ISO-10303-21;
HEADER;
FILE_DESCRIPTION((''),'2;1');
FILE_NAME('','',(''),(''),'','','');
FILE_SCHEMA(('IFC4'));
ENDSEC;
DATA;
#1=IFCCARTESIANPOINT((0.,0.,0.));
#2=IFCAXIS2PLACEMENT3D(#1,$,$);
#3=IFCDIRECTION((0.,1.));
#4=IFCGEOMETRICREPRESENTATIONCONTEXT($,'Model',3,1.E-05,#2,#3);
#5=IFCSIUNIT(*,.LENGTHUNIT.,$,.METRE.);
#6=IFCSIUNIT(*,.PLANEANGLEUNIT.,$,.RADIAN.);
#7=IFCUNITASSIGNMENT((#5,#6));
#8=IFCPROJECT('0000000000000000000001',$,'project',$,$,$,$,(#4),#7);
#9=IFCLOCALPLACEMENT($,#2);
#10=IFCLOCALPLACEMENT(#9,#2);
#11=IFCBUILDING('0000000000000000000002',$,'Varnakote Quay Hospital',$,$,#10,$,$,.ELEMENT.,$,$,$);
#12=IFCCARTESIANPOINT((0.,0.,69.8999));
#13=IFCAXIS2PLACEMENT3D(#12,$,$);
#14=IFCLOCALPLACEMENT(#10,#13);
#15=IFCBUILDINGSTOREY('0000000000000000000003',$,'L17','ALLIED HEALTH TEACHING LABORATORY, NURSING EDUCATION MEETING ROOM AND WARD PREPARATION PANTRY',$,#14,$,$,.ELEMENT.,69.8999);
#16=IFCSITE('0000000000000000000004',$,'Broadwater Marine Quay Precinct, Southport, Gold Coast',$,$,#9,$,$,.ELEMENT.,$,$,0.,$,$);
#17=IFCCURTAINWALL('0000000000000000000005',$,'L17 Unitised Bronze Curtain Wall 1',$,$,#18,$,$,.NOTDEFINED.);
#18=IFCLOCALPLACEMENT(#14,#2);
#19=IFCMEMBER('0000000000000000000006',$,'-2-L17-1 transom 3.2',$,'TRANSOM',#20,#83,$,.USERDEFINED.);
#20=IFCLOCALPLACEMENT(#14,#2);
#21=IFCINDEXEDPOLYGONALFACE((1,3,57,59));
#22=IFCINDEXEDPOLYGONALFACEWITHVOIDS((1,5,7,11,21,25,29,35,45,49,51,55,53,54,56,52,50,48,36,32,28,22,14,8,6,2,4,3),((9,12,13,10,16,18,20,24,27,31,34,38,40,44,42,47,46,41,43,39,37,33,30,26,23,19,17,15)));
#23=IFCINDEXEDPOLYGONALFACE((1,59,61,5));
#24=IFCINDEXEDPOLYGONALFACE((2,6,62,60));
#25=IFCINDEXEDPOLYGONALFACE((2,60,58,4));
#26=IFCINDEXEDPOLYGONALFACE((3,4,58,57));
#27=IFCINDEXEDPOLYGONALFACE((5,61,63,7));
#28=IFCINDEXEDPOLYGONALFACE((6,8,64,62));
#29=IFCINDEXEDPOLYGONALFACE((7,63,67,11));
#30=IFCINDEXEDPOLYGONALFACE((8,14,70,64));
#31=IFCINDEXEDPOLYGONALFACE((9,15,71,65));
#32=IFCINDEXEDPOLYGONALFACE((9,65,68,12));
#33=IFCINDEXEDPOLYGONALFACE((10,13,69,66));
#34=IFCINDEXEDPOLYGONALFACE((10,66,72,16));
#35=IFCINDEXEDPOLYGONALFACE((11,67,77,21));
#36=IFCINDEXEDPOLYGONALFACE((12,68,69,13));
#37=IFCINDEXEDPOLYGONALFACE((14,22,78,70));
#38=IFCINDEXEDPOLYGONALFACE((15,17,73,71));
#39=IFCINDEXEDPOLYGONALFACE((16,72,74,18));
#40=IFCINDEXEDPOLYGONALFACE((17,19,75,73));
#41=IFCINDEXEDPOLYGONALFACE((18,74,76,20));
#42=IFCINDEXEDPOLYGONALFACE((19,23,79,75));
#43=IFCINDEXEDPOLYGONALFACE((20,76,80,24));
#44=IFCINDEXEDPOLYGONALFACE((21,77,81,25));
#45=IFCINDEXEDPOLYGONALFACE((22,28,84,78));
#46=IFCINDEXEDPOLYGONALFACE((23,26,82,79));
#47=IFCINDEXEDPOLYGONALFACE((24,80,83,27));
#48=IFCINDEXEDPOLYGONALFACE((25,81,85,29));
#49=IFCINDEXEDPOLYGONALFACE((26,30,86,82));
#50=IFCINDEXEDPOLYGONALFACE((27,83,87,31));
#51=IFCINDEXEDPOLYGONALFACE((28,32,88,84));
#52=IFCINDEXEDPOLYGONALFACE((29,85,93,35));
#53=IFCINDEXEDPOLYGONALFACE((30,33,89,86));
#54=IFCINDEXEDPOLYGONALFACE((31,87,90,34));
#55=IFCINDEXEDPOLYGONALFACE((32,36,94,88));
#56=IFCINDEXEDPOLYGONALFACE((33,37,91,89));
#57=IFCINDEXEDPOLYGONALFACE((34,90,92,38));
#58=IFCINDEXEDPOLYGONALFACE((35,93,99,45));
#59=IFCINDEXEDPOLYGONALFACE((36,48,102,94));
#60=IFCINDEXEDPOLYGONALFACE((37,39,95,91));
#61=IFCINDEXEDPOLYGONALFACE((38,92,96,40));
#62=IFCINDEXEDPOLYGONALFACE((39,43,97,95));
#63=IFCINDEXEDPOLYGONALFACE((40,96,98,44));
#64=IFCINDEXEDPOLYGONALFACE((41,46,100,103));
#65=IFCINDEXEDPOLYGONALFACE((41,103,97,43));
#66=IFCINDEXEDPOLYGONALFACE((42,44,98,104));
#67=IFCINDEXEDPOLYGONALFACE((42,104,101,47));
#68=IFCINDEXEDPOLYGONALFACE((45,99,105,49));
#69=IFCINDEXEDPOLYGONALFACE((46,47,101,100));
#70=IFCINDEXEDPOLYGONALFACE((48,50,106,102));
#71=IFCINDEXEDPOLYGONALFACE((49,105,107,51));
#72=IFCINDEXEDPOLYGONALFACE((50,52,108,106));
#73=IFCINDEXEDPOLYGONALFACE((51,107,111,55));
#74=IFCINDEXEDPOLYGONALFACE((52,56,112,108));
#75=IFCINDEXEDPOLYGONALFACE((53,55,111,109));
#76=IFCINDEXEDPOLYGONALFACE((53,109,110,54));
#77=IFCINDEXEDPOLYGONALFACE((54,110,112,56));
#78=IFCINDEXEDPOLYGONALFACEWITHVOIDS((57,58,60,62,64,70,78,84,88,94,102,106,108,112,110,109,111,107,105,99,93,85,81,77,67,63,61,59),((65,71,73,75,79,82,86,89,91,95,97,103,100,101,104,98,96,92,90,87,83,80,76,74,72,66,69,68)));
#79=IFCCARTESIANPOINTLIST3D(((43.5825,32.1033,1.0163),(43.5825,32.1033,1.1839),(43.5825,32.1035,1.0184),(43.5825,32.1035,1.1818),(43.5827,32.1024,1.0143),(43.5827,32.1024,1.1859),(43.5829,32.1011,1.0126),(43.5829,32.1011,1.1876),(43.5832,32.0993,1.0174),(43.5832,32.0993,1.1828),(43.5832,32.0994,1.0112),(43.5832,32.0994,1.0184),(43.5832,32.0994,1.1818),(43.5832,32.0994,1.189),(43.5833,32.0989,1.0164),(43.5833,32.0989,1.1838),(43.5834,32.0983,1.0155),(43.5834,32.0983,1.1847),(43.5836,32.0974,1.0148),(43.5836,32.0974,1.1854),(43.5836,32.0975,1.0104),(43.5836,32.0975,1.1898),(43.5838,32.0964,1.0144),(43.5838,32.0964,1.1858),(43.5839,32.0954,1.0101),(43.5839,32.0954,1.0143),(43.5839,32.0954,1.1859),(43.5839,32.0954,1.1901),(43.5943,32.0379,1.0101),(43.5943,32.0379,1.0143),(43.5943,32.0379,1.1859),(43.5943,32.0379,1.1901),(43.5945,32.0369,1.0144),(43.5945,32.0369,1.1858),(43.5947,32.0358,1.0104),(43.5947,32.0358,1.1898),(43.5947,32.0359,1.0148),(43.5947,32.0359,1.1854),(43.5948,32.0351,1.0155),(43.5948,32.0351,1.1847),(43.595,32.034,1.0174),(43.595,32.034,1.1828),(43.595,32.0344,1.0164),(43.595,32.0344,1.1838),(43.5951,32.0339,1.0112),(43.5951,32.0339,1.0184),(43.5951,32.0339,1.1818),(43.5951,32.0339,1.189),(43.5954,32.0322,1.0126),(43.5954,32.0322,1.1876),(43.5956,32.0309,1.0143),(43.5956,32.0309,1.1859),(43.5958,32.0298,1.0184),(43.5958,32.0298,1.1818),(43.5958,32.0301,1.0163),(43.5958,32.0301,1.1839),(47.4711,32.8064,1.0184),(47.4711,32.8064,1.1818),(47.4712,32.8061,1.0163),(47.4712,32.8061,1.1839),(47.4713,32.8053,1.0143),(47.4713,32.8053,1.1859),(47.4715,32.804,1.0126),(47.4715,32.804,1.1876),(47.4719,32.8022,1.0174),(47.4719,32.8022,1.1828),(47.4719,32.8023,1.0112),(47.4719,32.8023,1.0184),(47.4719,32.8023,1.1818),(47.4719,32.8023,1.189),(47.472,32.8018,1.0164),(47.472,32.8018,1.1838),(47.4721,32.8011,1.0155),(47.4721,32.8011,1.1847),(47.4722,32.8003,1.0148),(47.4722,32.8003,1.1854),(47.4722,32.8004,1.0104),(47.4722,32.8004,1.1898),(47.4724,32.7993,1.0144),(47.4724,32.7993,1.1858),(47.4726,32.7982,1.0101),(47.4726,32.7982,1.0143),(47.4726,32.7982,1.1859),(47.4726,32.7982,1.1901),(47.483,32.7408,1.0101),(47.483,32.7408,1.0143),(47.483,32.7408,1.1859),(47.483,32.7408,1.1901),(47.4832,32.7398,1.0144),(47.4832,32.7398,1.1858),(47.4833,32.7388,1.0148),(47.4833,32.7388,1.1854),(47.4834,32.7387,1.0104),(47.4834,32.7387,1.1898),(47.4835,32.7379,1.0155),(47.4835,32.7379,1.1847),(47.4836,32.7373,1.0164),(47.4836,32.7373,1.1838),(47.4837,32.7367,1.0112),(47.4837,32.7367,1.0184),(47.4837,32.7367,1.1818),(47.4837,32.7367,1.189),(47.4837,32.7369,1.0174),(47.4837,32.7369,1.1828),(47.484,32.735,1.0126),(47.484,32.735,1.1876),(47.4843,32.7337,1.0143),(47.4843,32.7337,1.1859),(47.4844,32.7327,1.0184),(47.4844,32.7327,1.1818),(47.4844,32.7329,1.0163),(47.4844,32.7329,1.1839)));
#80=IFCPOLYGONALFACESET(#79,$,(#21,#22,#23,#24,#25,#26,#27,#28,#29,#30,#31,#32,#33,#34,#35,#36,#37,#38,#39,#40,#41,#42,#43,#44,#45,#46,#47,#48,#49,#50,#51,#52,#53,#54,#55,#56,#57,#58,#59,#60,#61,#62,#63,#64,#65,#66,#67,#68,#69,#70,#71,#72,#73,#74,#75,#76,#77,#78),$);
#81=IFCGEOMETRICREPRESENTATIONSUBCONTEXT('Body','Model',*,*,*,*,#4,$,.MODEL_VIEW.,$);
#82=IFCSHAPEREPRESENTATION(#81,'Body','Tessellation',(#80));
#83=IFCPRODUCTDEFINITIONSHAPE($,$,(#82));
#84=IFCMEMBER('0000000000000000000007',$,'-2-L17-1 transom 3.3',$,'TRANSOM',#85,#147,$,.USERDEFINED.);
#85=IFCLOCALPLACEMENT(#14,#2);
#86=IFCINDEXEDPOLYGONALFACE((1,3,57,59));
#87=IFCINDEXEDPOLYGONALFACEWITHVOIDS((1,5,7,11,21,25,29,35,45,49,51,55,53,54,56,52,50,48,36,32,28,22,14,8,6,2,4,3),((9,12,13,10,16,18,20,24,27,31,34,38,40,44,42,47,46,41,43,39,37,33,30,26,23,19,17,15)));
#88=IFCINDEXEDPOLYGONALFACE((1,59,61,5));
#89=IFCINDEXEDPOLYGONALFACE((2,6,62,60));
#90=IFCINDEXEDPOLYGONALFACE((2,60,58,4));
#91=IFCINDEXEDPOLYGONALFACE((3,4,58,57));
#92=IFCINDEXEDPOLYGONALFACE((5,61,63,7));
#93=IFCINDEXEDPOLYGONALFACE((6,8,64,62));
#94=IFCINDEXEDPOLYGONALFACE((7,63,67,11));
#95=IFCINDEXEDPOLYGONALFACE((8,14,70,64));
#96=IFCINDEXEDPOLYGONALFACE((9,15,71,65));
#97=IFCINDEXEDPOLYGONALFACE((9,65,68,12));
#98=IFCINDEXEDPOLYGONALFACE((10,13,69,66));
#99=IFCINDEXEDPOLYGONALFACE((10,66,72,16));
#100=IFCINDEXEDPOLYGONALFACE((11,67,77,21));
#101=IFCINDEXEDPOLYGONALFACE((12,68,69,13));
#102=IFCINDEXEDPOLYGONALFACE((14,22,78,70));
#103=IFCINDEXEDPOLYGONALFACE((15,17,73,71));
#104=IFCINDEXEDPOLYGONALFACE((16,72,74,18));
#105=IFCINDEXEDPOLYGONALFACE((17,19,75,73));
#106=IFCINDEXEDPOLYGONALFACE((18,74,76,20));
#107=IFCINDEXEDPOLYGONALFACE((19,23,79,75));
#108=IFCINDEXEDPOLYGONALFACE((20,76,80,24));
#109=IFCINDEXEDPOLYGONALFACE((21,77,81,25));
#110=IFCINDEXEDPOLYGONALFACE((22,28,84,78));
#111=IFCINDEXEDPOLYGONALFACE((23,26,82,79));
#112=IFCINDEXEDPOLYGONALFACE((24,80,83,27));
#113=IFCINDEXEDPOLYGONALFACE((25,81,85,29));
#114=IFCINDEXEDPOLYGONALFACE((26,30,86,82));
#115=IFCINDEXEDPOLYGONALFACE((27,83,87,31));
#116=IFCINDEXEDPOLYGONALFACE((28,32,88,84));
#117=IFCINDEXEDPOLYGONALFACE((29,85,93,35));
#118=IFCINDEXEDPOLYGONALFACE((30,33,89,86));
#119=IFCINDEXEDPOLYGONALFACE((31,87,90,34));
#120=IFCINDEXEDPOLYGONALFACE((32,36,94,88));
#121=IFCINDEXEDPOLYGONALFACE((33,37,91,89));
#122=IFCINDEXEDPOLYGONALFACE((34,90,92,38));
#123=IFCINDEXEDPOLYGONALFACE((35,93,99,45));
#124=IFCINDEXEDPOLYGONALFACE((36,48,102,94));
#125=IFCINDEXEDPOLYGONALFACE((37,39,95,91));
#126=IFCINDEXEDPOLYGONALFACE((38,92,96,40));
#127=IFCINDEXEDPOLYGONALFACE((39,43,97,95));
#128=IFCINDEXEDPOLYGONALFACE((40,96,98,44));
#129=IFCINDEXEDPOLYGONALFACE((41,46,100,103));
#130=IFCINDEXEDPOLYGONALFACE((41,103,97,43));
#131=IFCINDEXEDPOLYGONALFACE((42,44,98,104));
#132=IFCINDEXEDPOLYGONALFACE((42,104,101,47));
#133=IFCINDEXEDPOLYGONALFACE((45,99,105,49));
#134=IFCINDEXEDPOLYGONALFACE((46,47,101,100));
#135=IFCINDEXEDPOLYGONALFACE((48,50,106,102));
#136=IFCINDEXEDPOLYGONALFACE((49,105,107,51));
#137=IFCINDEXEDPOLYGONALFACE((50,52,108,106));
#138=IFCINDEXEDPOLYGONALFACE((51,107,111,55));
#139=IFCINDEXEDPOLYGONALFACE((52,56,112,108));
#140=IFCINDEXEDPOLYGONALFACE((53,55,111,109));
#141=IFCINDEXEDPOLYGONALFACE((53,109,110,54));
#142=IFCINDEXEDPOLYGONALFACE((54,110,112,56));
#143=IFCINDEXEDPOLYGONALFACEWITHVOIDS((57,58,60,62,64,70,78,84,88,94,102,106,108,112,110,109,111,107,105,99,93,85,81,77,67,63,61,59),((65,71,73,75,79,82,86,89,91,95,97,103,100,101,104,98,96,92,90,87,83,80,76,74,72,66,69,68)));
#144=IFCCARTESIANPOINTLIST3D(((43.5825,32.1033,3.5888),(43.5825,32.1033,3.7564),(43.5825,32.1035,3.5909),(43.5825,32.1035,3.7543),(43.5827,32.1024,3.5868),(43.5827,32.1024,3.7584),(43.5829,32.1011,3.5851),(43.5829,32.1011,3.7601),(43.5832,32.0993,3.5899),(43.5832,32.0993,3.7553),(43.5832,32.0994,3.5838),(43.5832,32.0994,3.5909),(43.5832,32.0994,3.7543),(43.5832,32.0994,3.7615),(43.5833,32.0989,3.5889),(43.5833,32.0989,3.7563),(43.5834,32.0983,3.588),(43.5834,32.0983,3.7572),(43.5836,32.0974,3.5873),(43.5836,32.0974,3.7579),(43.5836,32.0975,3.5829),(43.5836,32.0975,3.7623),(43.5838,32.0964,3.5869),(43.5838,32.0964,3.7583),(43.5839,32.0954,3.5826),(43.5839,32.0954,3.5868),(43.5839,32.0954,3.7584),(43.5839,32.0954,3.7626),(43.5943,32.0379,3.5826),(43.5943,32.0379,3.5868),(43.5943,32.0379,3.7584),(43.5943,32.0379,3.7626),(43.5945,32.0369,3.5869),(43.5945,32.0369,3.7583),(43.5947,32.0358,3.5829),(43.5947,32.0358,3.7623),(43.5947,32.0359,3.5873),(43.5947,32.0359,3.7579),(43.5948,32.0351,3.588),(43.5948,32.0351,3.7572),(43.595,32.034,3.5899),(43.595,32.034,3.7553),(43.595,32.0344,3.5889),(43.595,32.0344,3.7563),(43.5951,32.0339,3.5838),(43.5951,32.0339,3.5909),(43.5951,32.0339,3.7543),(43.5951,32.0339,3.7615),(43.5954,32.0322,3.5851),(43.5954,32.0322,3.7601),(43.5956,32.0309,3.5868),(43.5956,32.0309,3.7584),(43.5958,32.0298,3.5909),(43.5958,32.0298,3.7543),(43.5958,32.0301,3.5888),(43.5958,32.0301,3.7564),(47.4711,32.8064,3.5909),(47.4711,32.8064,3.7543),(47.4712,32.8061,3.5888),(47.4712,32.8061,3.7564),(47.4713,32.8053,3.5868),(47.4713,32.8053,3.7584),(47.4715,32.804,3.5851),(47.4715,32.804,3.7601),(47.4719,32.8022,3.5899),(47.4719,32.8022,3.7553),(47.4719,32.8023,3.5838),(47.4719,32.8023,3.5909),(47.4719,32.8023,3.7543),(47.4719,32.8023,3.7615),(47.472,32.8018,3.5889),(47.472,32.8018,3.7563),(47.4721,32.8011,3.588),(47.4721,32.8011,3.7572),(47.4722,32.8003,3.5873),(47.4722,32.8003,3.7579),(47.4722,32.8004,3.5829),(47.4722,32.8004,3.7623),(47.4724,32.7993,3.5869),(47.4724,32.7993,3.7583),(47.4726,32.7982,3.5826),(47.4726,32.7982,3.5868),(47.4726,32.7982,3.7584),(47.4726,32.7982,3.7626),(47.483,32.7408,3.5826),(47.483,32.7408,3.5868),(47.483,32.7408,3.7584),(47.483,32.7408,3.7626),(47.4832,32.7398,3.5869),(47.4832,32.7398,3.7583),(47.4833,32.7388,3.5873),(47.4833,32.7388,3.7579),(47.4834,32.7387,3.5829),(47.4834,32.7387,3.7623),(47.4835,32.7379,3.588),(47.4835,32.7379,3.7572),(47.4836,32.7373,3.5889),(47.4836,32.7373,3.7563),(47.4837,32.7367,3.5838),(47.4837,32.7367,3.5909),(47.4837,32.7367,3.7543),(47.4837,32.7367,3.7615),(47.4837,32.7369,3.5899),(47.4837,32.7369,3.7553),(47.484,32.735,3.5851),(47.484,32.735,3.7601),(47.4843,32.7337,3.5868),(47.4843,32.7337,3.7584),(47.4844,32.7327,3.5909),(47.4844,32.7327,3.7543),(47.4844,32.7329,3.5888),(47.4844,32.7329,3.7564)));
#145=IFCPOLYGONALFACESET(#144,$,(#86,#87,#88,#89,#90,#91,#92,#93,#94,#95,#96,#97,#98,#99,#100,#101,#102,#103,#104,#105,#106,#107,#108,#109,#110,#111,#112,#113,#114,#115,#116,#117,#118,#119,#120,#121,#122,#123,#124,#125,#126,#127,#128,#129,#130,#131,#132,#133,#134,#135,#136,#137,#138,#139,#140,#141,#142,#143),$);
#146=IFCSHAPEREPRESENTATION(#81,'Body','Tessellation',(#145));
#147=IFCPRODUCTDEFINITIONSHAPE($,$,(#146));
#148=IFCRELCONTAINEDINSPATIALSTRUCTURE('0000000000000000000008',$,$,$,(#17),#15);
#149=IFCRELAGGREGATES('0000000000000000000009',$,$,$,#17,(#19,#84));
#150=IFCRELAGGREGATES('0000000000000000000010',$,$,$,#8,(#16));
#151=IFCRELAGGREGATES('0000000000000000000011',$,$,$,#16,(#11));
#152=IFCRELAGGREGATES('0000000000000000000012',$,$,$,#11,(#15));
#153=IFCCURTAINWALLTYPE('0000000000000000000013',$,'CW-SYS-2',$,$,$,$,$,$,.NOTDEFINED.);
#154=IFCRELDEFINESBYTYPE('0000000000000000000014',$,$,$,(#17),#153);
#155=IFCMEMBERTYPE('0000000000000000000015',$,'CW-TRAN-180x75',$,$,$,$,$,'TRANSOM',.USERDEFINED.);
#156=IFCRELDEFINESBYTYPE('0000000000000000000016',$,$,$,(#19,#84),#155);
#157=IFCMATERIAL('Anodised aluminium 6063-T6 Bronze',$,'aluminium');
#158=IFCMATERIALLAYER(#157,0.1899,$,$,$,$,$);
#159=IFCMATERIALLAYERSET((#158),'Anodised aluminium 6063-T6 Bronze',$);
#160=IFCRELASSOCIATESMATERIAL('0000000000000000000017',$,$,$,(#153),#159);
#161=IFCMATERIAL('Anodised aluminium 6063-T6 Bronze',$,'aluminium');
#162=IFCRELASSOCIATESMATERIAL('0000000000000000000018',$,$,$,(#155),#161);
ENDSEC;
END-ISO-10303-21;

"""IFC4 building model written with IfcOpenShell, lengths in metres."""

from ifc_helpers import new_model, si_unit, direction, frame, origin, origin_2d, place, context, subcontext, project, spatial, hollow_rectangle, extrude, material, layer, layer_set, material_profile, profile_set, type_object, element, aggregate, save


model = new_model("IFC4")

# Units and contexts
model_context = context("Model", 3, precision=1e-05, world=origin(), true_north=direction((0.0, 1.0)))
body_context = subcontext(model_context, "Body", "Model", "MODEL_VIEW")
ifc_project = project(units=[si_unit("LENGTHUNIT", "METRE"), si_unit("PLANEANGLEUNIT", "RADIAN")], contexts=[model_context])

# Site, building, storey
site_placement = place(None, origin())
site = spatial("IfcSite", under=ifc_project, at=site_placement, Name="Broadwater Marine Quay Precinct, Southport, Gold Coast", CompositionType="ELEMENT", RefElevation=0.0)
building_placement = place(site_placement, origin())
building = spatial("IfcBuilding", under=site, at=building_placement, Name="Varnakote Quay Hospital", CompositionType="ELEMENT")
storey_placement = place(building_placement, frame((0.0, 0.0, 69.8999)))
storey = spatial("IfcBuildingStorey", under=building, at=storey_placement, Name="L17", Description="ALLIED HEALTH TEACHING LABORATORY, NURSING EDUCATION MEETING ROOM AND WARD PREPARATION PANTRY", CompositionType="ELEMENT", Elevation=69.8999)

# Curtain wall, members
ifc_material_1 = material(Name="Anodised aluminium 6063-T6 Bronze", Category="aluminium")
ifc_layer_1 = layer(ifc_material_1, 0.1899)
ifc_layer_set_1 = layer_set([ifc_layer_1], Name="Anodised aluminium 6063-T6 Bronze")
curtain_wall_type = type_object("IfcCurtainWallType", Name="CW-SYS-2", PredefinedType="NOTDEFINED", material=ifc_layer_set_1)
curtain_wall_placement = place(storey_placement, origin())
curtain_wall = element("IfcCurtainWall", 1, at=curtain_wall_placement, inside=storey, type_object=curtain_wall_type, Name="L17 Unitised Bronze Curtain Wall 1", PredefinedType="NOTDEFINED")
ifc_material_2 = material(Name="Anodised aluminium 6063-T6 Bronze", Category="aluminium")
ifc_material_profile_1 = material_profile(ifc_material_2, hollow_rectangle(XDim=0.075, YDim=0.1799, WallThickness=0.0042, InnerFilletRadius=0.0042, OuterFilletRadius=0.0083, at=origin_2d()), Name="CW-TRAN-180x75")
ifc_profile_set_1 = profile_set([ifc_material_profile_1], Name="Anodised aluminium 6063-T6 Bronze")
member_type_1 = type_object("IfcMemberType", Name="CW-TRAN-180x75", ElementType="TRANSOM", PredefinedType="USERDEFINED", material=ifc_profile_set_1)
member_1_placement = place(storey_placement, frame((47.4778, 32.7695, 1.1001), z_axis=(-0.984054, -0.177869, 0.0), x_axis=(0.177869, -0.984054, 0.0)))
member_1 = element("IfcMember", 2, at=member_1_placement, type_object=member_type_1, Name="-2-L17-1 transom 3.2", ObjectType="TRANSOM", PredefinedType="USERDEFINED", context=body_context, shape_type="SweptSolid", body=[
    extrude(hollow_rectangle(XDim=0.075, YDim=0.1799, WallThickness=0.0042, InnerFilletRadius=0.0042, OuterFilletRadius=0.0083, at=origin_2d()), origin(), (0.0, 0.0, 1.0), 3.9517),
])
member_2_placement = place(storey_placement, frame((47.4778, 32.7695, 3.6726), z_axis=(-0.984054, -0.177869, 0.0), x_axis=(0.177869, -0.984054, 0.0)))
member_2 = element("IfcMember", 3, at=member_2_placement, type_object=member_type_1, Name="-2-L17-1 transom 3.3", ObjectType="TRANSOM", PredefinedType="USERDEFINED", context=body_context, shape_type="SweptSolid", body=[
    extrude(hollow_rectangle(XDim=0.075, YDim=0.1799, WallThickness=0.0042, InnerFilletRadius=0.0042, OuterFilletRadius=0.0083, at=origin_2d()), origin(), (0.0, 0.0, 1.0), 3.9517),
])

aggregate(curtain_wall, [member_1, member_2])

save(model, "model.ifc")
